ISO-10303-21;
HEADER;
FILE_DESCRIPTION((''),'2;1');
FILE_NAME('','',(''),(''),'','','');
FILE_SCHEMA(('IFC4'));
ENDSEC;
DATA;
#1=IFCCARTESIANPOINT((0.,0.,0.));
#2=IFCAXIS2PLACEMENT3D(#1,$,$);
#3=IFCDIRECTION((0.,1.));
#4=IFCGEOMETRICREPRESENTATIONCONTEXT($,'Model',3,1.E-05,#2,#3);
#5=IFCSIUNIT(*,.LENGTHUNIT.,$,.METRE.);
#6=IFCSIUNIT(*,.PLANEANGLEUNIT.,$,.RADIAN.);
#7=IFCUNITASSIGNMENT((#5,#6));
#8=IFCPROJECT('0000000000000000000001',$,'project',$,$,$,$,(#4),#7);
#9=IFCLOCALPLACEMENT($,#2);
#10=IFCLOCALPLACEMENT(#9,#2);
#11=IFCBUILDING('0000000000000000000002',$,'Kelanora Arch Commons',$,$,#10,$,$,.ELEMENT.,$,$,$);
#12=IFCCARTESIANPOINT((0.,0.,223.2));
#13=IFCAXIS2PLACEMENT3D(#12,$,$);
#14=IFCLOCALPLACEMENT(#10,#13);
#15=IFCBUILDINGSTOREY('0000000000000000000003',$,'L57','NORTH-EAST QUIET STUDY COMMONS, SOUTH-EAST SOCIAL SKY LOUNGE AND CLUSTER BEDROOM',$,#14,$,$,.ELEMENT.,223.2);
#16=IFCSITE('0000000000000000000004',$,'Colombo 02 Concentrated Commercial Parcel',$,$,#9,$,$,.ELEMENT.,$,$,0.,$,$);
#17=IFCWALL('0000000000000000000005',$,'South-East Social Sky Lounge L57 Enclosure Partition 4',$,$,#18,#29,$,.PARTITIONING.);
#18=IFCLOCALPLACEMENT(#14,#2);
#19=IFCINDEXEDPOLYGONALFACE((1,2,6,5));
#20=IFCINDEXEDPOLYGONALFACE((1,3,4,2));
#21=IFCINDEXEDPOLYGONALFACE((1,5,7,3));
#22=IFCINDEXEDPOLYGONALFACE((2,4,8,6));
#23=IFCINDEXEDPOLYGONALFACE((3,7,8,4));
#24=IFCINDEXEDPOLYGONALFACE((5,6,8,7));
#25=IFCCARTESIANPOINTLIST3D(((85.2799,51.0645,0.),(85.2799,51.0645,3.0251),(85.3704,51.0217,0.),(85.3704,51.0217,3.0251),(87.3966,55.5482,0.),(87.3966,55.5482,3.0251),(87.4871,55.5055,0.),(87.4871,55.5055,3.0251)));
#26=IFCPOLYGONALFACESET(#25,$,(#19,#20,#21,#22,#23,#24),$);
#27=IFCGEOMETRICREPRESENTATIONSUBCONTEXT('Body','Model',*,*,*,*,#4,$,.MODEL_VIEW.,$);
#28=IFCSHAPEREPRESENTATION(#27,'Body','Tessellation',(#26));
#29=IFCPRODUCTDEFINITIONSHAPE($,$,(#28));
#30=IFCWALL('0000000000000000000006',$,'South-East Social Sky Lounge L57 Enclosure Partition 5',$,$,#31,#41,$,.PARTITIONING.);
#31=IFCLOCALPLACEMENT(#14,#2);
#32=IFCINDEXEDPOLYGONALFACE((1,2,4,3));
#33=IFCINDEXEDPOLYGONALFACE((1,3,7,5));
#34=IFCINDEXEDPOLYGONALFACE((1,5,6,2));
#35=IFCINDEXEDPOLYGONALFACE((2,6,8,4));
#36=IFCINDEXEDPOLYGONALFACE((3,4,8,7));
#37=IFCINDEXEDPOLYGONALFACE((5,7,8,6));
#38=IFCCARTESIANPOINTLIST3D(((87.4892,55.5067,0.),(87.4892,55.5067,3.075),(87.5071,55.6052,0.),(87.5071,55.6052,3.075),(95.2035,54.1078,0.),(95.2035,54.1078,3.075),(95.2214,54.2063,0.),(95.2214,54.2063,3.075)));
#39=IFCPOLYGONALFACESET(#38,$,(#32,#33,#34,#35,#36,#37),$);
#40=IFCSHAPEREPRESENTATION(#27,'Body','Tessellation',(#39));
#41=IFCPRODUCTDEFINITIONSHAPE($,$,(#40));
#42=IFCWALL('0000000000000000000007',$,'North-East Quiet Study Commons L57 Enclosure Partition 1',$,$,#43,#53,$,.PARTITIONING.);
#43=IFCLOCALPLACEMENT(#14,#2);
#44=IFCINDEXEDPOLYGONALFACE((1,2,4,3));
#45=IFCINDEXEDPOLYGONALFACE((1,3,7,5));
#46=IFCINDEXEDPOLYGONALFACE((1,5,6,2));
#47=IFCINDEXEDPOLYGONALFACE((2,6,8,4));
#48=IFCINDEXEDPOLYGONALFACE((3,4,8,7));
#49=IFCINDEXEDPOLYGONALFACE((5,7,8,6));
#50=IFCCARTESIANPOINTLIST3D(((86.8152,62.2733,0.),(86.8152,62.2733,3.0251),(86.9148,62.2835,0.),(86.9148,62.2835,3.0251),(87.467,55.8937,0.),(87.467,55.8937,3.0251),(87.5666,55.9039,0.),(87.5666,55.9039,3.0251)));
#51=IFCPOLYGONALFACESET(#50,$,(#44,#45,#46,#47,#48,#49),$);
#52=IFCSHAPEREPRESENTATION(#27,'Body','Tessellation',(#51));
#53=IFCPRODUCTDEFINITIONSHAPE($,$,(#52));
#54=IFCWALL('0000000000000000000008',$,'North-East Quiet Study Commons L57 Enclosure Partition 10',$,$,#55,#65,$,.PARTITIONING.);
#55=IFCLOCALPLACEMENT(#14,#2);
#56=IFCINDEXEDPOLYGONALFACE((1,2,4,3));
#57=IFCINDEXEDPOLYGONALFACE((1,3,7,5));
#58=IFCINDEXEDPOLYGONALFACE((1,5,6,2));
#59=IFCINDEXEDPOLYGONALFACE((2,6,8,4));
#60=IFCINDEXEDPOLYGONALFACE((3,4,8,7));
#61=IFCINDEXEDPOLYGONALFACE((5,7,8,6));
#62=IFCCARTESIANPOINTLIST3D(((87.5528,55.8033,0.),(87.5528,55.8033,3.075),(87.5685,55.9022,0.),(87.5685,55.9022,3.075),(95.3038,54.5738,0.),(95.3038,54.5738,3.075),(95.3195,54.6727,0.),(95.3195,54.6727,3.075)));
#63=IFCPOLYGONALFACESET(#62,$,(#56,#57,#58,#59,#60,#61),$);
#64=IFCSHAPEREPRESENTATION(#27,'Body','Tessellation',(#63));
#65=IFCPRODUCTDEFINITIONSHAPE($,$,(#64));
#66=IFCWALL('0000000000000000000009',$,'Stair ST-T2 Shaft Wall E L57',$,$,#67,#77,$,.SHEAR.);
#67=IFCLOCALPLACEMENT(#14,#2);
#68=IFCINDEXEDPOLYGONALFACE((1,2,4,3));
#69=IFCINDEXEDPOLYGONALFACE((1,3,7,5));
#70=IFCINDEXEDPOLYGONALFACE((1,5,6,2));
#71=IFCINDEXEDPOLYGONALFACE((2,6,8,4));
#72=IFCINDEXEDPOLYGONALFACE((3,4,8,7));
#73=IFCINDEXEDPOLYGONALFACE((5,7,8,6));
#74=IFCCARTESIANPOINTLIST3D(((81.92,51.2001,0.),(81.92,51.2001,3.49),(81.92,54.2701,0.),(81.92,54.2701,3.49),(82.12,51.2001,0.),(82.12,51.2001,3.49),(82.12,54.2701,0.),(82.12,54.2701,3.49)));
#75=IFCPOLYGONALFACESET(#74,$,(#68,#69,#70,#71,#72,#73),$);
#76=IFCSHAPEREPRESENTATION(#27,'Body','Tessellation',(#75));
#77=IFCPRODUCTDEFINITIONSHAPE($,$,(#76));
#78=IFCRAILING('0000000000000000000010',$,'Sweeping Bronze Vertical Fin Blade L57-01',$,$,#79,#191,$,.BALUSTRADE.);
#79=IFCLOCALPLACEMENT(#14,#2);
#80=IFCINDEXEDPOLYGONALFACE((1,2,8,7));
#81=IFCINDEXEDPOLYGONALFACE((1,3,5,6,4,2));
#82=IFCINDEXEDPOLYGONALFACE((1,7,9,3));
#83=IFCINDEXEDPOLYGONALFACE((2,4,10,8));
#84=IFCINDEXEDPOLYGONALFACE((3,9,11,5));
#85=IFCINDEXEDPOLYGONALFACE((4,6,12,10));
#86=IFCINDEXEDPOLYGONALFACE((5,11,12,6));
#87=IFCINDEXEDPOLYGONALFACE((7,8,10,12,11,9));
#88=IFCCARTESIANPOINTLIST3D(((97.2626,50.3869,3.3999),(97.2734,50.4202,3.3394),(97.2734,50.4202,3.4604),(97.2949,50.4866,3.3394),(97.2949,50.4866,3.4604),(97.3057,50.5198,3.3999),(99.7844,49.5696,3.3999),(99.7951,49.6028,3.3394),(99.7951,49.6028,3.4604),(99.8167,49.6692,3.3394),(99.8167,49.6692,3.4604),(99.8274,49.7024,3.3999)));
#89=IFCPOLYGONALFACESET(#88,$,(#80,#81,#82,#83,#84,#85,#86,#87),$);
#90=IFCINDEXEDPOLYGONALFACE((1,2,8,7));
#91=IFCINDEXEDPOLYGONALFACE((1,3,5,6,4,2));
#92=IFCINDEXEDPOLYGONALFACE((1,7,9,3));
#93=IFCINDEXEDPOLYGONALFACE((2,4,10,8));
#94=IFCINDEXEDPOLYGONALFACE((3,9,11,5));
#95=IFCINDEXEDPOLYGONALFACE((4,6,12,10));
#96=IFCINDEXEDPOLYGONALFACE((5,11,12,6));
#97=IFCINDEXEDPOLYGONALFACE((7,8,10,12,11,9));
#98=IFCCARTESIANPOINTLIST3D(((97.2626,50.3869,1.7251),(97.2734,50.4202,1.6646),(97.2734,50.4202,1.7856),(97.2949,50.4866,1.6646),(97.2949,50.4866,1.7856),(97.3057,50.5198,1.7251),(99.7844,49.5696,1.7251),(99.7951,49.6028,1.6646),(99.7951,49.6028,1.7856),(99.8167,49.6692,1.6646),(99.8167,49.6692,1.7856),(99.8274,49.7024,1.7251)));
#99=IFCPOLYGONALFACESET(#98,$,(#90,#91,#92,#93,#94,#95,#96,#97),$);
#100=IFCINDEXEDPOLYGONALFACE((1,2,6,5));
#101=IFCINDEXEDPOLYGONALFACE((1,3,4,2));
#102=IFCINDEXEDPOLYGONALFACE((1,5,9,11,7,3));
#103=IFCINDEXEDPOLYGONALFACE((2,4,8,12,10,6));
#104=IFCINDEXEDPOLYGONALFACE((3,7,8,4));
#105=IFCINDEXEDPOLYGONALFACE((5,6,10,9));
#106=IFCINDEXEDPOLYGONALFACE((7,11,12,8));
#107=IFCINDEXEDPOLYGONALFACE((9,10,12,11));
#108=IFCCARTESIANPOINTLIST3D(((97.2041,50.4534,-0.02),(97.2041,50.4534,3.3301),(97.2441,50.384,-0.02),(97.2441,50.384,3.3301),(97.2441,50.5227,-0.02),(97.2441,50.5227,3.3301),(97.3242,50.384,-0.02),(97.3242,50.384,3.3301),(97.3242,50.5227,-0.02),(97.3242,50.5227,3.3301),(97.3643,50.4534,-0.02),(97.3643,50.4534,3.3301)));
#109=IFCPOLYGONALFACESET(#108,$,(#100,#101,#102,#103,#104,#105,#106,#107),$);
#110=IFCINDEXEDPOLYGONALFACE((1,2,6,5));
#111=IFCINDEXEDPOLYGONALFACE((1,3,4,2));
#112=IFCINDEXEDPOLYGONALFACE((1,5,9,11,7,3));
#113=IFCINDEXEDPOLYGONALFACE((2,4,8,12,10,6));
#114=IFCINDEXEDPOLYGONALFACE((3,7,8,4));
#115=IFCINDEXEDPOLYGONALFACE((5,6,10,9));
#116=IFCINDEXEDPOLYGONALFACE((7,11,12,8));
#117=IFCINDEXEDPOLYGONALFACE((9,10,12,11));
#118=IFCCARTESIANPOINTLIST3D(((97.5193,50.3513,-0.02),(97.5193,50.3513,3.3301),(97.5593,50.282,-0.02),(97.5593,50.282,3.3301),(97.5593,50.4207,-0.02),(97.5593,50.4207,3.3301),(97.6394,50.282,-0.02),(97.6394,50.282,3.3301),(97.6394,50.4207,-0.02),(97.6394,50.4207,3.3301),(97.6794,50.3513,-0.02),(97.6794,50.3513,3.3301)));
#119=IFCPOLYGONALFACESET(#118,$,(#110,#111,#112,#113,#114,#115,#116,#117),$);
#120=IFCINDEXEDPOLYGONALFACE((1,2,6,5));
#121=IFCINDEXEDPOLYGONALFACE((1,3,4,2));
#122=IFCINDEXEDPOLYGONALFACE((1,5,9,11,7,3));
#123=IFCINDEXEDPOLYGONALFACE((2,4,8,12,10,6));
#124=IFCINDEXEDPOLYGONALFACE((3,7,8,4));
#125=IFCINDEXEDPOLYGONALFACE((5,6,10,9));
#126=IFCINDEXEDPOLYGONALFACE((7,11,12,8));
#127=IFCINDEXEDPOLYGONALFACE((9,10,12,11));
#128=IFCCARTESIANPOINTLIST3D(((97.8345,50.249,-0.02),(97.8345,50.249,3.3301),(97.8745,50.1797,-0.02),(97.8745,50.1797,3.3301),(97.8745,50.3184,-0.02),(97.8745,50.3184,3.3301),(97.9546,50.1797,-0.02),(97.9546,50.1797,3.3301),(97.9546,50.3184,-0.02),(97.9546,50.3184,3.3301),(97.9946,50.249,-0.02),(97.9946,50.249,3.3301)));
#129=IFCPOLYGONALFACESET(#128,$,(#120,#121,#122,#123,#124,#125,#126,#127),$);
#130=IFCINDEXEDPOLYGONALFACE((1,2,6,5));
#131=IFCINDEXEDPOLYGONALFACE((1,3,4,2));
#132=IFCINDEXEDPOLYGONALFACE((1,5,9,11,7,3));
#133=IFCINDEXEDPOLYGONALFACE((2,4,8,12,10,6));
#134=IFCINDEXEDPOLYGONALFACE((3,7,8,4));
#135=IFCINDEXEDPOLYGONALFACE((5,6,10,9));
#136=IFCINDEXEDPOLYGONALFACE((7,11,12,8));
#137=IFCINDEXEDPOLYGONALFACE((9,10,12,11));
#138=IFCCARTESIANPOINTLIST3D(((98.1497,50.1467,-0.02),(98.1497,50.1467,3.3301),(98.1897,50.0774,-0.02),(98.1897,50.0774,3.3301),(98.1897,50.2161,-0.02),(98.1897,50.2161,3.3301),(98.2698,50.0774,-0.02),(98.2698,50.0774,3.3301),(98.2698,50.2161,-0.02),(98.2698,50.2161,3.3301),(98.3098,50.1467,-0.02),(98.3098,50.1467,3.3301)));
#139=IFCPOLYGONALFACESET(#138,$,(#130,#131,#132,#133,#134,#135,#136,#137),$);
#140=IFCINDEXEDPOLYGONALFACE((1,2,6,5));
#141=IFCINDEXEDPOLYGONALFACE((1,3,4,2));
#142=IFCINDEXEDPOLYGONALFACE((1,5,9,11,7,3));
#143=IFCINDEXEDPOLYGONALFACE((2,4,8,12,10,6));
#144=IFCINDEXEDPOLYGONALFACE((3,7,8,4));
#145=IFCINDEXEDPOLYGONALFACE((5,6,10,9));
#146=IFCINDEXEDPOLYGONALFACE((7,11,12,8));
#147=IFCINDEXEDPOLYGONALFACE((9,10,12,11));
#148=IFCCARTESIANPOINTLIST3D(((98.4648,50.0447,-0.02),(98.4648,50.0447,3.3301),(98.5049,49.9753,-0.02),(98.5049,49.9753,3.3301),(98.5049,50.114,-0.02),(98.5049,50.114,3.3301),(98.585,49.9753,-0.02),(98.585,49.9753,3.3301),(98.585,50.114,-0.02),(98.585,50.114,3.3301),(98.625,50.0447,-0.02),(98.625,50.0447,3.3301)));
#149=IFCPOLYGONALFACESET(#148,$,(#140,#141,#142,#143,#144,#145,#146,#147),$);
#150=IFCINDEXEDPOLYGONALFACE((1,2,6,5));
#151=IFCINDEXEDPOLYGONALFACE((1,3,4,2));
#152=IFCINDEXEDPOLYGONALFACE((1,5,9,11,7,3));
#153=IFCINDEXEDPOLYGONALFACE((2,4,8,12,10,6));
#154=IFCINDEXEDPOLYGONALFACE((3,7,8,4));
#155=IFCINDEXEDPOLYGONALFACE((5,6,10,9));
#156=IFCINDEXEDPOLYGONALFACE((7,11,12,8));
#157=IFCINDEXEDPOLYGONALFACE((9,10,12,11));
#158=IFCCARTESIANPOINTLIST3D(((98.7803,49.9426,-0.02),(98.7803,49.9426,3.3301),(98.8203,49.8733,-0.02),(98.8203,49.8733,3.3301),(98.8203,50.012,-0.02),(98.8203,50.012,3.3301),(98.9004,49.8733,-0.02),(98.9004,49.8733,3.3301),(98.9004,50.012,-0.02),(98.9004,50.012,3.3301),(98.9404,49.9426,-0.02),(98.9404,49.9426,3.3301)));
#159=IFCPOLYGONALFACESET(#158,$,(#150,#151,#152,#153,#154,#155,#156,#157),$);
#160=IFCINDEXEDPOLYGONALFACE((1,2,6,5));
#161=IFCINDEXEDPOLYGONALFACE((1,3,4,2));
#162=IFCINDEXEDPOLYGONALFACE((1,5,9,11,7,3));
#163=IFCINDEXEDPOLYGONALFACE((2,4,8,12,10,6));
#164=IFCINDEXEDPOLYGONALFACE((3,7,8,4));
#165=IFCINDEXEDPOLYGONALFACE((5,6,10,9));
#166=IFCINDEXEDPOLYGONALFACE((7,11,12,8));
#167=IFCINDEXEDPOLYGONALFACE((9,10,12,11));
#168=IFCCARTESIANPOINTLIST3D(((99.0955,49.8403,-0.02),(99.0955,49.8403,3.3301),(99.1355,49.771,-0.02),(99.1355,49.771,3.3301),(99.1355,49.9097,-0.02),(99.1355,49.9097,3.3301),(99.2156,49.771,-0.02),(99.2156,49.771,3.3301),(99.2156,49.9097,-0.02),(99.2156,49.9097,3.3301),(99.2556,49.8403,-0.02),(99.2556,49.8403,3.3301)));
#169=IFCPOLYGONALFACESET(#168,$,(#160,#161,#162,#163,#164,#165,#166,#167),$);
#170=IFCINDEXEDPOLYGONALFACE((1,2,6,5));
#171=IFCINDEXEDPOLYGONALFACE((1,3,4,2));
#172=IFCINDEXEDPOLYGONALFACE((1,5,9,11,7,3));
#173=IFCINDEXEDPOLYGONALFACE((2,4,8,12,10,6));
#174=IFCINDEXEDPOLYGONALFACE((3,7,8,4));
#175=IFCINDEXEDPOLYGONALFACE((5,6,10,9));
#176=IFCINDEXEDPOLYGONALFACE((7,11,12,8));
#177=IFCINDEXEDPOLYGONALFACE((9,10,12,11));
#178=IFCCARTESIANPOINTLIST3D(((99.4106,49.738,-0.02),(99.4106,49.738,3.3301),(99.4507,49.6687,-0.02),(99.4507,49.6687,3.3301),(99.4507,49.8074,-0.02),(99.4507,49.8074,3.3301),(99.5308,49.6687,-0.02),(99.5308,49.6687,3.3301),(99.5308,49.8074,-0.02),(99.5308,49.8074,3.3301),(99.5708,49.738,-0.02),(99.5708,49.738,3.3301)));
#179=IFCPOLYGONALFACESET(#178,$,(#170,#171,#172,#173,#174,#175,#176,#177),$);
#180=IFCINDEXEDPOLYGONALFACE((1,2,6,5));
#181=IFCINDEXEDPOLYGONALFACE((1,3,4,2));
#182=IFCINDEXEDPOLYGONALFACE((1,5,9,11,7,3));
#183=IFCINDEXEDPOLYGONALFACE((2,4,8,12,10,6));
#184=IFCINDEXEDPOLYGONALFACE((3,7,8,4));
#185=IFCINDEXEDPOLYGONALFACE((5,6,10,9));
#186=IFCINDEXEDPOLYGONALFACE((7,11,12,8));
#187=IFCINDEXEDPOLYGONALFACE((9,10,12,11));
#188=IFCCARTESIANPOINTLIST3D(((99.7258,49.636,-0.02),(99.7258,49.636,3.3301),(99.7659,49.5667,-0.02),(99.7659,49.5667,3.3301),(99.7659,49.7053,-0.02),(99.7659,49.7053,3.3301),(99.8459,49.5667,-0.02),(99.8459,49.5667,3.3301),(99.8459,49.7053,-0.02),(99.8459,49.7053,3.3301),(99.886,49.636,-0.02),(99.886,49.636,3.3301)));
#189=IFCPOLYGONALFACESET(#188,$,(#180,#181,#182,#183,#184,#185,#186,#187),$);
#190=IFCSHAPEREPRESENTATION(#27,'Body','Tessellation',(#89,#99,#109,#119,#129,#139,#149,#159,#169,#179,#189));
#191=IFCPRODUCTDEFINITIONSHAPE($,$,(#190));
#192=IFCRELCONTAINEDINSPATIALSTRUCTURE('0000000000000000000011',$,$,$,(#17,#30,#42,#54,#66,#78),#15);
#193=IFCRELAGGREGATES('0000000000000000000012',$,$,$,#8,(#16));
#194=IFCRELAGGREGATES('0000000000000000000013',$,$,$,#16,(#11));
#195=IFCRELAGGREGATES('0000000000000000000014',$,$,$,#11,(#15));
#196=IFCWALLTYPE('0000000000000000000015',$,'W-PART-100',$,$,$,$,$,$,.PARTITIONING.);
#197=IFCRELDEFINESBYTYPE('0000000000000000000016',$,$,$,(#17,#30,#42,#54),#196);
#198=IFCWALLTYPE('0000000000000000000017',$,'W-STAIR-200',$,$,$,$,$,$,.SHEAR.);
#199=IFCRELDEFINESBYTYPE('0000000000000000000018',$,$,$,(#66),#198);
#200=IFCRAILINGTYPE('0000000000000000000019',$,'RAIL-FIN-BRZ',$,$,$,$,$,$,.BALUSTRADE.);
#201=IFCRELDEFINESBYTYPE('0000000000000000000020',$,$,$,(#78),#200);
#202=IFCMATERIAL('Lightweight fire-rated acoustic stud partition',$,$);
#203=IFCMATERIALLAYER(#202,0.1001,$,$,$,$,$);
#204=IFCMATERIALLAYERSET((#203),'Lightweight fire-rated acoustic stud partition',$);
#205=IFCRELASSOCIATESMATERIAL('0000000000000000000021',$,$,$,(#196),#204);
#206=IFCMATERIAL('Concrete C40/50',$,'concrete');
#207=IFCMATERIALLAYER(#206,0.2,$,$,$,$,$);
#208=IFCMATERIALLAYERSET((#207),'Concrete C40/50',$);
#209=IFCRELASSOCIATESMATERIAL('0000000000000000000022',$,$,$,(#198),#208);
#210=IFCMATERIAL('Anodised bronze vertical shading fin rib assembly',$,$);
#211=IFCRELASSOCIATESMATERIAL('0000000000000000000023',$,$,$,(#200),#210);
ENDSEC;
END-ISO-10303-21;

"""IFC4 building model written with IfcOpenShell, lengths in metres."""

from ifc_helpers import new_model, si_unit, direction, frame, frame_2d, origin, place, context, subcontext, project, spatial, polyline, rectangle, outline, extrude, material, layer, layer_set, type_object, element, save


model = new_model("IFC4")

# Units and contexts
model_context = context("Model", 3, precision=1e-05, world=origin(), true_north=direction((0.0, 1.0)))
body_context = subcontext(model_context, "Body", "Model", "MODEL_VIEW")
ifc_project = project(units=[si_unit("LENGTHUNIT", "METRE"), si_unit("PLANEANGLEUNIT", "RADIAN")], contexts=[model_context])

# Site, building, storey
site_placement = place(None, origin())
site = spatial("IfcSite", under=ifc_project, at=site_placement, Name="Colombo 02 Concentrated Commercial Parcel", CompositionType="ELEMENT", RefElevation=0.0)
building_placement = place(site_placement, origin())
building = spatial("IfcBuilding", under=site, at=building_placement, Name="Kelanora Arch Commons", CompositionType="ELEMENT")
storey_placement = place(building_placement, frame((0.0, 0.0, 223.2)))
storey = spatial("IfcBuildingStorey", under=building, at=storey_placement, Name="L57", Description="NORTH-EAST QUIET STUDY COMMONS, SOUTH-EAST SOCIAL SKY LOUNGE AND CLUSTER BEDROOM", CompositionType="ELEMENT", Elevation=223.2)

# Walls
ifc_material_1 = material(Name="Lightweight fire-rated acoustic stud partition")
ifc_layer_1 = layer(ifc_material_1, 0.1001)
ifc_layer_set_1 = layer_set([ifc_layer_1], Name="Lightweight fire-rated acoustic stud partition")
wall_type_1 = type_object("IfcWallType", Name="W-PART-100", PredefinedType="PARTITIONING", material=ifc_layer_set_1)
wall_1_placement = place(storey_placement, frame((85.3252, 51.0432, 0.0), z_axis=(0.0, 0.0, 1.0), x_axis=(0.426911, 0.904294, 0.0)))
element("IfcWall", 1, at=wall_1_placement, inside=storey, type_object=wall_type_1, Name="South-East Social Sky Lounge L57 Enclosure Partition 4", PredefinedType="PARTITIONING", context=body_context, shape_type="SweptSolid", body=[
    extrude(rectangle(XDim=4.9583, YDim=0.1001, at=frame_2d((2.479, 0.0))), origin(), (0.0, 0.0, 1.0), 3.0251),
])
wall_2_placement = place(storey_placement, frame((87.4983, 55.5559, 0.0), z_axis=(0.0, 0.0, 1.0), x_axis=(0.983953, -0.178431, 0.0)))
element("IfcWall", 2, at=wall_2_placement, inside=storey, type_object=wall_type_1, Name="South-East Social Sky Lounge L57 Enclosure Partition 5", PredefinedType="PARTITIONING", context=body_context, shape_type="SweptSolid", body=[
    extrude(rectangle(XDim=7.8401, YDim=0.1001, at=frame_2d((3.9199, 0.0))), origin(), (0.0, 0.0, 1.0), 3.075),
])
wall_3_placement = place(storey_placement, frame((87.5168, 55.8987, 0.0), z_axis=(0.0, 0.0, 1.0), x_axis=(-0.101648, 0.99482, 0.0)))
element("IfcWall", 3, at=wall_3_placement, inside=storey, type_object=wall_type_1, Name="North-East Quiet Study Commons L57 Enclosure Partition 1", PredefinedType="PARTITIONING", context=body_context, shape_type="SweptSolid", body=[
    extrude(rectangle(XDim=6.4128, YDim=0.1001, at=frame_2d((3.2065, 0.0))), origin(), (0.0, 0.0, 1.0), 3.0251),
])
wall_4_placement = place(storey_placement, frame((95.3115, 54.6233, 0.0), z_axis=(0.0, 0.0, 1.0), x_axis=(-0.987652, 0.156665, 0.0)))
element("IfcWall", 4, at=wall_4_placement, inside=storey, type_object=wall_type_1, Name="North-East Quiet Study Commons L57 Enclosure Partition 10", PredefinedType="PARTITIONING", context=body_context, shape_type="SweptSolid", body=[
    extrude(rectangle(XDim=7.8479, YDim=0.1001, at=frame_2d((3.9238, 0.0))), origin(), (0.0, 0.0, 1.0), 3.075),
])
ifc_material_2 = material(Name="Concrete C40/50", Category="concrete")
ifc_layer_2 = layer(ifc_material_2, 0.2)
ifc_layer_set_2 = layer_set([ifc_layer_2], Name="Concrete C40/50")
wall_type_2 = type_object("IfcWallType", Name="W-STAIR-200", PredefinedType="SHEAR", material=ifc_layer_set_2)
wall_5_placement = place(storey_placement, frame((82.02, 51.2, 0.0), z_axis=(0.0, 0.0, 1.0), x_axis=(0.0, 1.0, 0.0)))
element("IfcWall", 5, at=wall_5_placement, inside=storey, type_object=wall_type_2, Name="Stair ST-T2 Shaft Wall E L57", PredefinedType="SHEAR", context=body_context, shape_type="SweptSolid", body=[
    extrude(rectangle(XDim=3.0701, YDim=0.2, at=frame_2d((1.5352, 0.0))), origin(), (0.0, 0.0, 1.0), 3.49),
])

# Railing
ifc_material_3 = material(Name="Anodised bronze vertical shading fin rib assembly")
railing_type = type_object("IfcRailingType", Name="RAIL-FIN-BRZ", PredefinedType="BALUSTRADE", material=ifc_material_3)
railing_placement = place(storey_placement, frame((97.2842, 50.4534, -0.02)))
element("IfcRailing", 6, at=railing_placement, inside=storey, type_object=railing_type, Name="Sweeping Bronze Vertical Fin Blade L57-01", PredefinedType="BALUSTRADE", context=body_context, shape_type="SweptSolid", body=[
    extrude(outline(polyline([(0.0698, 0.0), (0.0349, 0.0605), (-0.0349, 0.0605), (-0.0698, 0.0), (-0.0349, -0.0605), (0.0349, -0.0605), (0.0698, 0.0)])), frame((0.0, 0.0, 3.4199), z_axis=(0.951275, -0.308343, 0.0), x_axis=(0.308343, 0.951275, 0.0)), (0.0, 0.0, 1.0), 2.6509),
    extrude(outline(polyline([(0.0698, 0.0), (0.0349, 0.0605), (-0.0349, 0.0605), (-0.0698, 0.0), (-0.0349, -0.0605), (0.0349, -0.0605), (0.0698, 0.0)])), frame((0.0, 0.0, 1.7451), z_axis=(0.951275, -0.308343, 0.0), x_axis=(0.308343, 0.951275, 0.0)), (0.0, 0.0, 1.0), 2.6509),
    extrude(outline(polyline([(0.0801, 0.0), (0.04, 0.0693), (-0.04, 0.0693), (-0.0801, 0.0), (-0.04, -0.0693), (0.04, -0.0693), (0.0801, 0.0)])), origin(), (0.0, 0.0, 1.0), 3.3501),
    extrude(outline(polyline([(0.0801, 0.0), (0.04, 0.0693), (-0.04, 0.0693), (-0.0801, 0.0), (-0.04, -0.0693), (0.04, -0.0693), (0.0801, 0.0)])), frame((0.3152, -0.1021, 0.0)), (0.0, 0.0, 1.0), 3.3501),
    extrude(outline(polyline([(0.0801, 0.0), (0.04, 0.0693), (-0.04, 0.0693), (-0.0801, 0.0), (-0.04, -0.0693), (0.04, -0.0693), (0.0801, 0.0)])), frame((0.6304, -0.2043, 0.0)), (0.0, 0.0, 1.0), 3.3501),
    extrude(outline(polyline([(0.0801, 0.0), (0.04, 0.0693), (-0.04, 0.0693), (-0.0801, 0.0), (-0.04, -0.0693), (0.04, -0.0693), (0.0801, 0.0)])), frame((0.9456, -0.3066, 0.0)), (0.0, 0.0, 1.0), 3.3501),
    extrude(outline(polyline([(0.0801, 0.0), (0.04, 0.0693), (-0.04, 0.0693), (-0.0801, 0.0), (-0.04, -0.0693), (0.04, -0.0693), (0.0801, 0.0)])), frame((1.2607, -0.4087, 0.0)), (0.0, 0.0, 1.0), 3.3501),
    extrude(outline(polyline([(0.0801, 0.0), (0.04, 0.0693), (-0.04, 0.0693), (-0.0801, 0.0), (-0.04, -0.0693), (0.04, -0.0693), (0.0801, 0.0)])), frame((1.5762, -0.5107, 0.0)), (0.0, 0.0, 1.0), 3.3501),
    extrude(outline(polyline([(0.0801, 0.0), (0.04, 0.0693), (-0.04, 0.0693), (-0.0801, 0.0), (-0.04, -0.0693), (0.04, -0.0693), (0.0801, 0.0)])), frame((1.8914, -0.613, 0.0)), (0.0, 0.0, 1.0), 3.3501),
    extrude(outline(polyline([(0.0801, 0.0), (0.04, 0.0693), (-0.04, 0.0693), (-0.0801, 0.0), (-0.04, -0.0693), (0.04, -0.0693), (0.0801, 0.0)])), frame((2.2065, -0.7153, 0.0)), (0.0, 0.0, 1.0), 3.3501),
    extrude(outline(polyline([(0.0801, 0.0), (0.04, 0.0693), (-0.04, 0.0693), (-0.0801, 0.0), (-0.04, -0.0693), (0.04, -0.0693), (0.0801, 0.0)])), frame((2.5217, -0.8174, 0.0)), (0.0, 0.0, 1.0), 3.3501),
])

save(model, "model.ifc")
